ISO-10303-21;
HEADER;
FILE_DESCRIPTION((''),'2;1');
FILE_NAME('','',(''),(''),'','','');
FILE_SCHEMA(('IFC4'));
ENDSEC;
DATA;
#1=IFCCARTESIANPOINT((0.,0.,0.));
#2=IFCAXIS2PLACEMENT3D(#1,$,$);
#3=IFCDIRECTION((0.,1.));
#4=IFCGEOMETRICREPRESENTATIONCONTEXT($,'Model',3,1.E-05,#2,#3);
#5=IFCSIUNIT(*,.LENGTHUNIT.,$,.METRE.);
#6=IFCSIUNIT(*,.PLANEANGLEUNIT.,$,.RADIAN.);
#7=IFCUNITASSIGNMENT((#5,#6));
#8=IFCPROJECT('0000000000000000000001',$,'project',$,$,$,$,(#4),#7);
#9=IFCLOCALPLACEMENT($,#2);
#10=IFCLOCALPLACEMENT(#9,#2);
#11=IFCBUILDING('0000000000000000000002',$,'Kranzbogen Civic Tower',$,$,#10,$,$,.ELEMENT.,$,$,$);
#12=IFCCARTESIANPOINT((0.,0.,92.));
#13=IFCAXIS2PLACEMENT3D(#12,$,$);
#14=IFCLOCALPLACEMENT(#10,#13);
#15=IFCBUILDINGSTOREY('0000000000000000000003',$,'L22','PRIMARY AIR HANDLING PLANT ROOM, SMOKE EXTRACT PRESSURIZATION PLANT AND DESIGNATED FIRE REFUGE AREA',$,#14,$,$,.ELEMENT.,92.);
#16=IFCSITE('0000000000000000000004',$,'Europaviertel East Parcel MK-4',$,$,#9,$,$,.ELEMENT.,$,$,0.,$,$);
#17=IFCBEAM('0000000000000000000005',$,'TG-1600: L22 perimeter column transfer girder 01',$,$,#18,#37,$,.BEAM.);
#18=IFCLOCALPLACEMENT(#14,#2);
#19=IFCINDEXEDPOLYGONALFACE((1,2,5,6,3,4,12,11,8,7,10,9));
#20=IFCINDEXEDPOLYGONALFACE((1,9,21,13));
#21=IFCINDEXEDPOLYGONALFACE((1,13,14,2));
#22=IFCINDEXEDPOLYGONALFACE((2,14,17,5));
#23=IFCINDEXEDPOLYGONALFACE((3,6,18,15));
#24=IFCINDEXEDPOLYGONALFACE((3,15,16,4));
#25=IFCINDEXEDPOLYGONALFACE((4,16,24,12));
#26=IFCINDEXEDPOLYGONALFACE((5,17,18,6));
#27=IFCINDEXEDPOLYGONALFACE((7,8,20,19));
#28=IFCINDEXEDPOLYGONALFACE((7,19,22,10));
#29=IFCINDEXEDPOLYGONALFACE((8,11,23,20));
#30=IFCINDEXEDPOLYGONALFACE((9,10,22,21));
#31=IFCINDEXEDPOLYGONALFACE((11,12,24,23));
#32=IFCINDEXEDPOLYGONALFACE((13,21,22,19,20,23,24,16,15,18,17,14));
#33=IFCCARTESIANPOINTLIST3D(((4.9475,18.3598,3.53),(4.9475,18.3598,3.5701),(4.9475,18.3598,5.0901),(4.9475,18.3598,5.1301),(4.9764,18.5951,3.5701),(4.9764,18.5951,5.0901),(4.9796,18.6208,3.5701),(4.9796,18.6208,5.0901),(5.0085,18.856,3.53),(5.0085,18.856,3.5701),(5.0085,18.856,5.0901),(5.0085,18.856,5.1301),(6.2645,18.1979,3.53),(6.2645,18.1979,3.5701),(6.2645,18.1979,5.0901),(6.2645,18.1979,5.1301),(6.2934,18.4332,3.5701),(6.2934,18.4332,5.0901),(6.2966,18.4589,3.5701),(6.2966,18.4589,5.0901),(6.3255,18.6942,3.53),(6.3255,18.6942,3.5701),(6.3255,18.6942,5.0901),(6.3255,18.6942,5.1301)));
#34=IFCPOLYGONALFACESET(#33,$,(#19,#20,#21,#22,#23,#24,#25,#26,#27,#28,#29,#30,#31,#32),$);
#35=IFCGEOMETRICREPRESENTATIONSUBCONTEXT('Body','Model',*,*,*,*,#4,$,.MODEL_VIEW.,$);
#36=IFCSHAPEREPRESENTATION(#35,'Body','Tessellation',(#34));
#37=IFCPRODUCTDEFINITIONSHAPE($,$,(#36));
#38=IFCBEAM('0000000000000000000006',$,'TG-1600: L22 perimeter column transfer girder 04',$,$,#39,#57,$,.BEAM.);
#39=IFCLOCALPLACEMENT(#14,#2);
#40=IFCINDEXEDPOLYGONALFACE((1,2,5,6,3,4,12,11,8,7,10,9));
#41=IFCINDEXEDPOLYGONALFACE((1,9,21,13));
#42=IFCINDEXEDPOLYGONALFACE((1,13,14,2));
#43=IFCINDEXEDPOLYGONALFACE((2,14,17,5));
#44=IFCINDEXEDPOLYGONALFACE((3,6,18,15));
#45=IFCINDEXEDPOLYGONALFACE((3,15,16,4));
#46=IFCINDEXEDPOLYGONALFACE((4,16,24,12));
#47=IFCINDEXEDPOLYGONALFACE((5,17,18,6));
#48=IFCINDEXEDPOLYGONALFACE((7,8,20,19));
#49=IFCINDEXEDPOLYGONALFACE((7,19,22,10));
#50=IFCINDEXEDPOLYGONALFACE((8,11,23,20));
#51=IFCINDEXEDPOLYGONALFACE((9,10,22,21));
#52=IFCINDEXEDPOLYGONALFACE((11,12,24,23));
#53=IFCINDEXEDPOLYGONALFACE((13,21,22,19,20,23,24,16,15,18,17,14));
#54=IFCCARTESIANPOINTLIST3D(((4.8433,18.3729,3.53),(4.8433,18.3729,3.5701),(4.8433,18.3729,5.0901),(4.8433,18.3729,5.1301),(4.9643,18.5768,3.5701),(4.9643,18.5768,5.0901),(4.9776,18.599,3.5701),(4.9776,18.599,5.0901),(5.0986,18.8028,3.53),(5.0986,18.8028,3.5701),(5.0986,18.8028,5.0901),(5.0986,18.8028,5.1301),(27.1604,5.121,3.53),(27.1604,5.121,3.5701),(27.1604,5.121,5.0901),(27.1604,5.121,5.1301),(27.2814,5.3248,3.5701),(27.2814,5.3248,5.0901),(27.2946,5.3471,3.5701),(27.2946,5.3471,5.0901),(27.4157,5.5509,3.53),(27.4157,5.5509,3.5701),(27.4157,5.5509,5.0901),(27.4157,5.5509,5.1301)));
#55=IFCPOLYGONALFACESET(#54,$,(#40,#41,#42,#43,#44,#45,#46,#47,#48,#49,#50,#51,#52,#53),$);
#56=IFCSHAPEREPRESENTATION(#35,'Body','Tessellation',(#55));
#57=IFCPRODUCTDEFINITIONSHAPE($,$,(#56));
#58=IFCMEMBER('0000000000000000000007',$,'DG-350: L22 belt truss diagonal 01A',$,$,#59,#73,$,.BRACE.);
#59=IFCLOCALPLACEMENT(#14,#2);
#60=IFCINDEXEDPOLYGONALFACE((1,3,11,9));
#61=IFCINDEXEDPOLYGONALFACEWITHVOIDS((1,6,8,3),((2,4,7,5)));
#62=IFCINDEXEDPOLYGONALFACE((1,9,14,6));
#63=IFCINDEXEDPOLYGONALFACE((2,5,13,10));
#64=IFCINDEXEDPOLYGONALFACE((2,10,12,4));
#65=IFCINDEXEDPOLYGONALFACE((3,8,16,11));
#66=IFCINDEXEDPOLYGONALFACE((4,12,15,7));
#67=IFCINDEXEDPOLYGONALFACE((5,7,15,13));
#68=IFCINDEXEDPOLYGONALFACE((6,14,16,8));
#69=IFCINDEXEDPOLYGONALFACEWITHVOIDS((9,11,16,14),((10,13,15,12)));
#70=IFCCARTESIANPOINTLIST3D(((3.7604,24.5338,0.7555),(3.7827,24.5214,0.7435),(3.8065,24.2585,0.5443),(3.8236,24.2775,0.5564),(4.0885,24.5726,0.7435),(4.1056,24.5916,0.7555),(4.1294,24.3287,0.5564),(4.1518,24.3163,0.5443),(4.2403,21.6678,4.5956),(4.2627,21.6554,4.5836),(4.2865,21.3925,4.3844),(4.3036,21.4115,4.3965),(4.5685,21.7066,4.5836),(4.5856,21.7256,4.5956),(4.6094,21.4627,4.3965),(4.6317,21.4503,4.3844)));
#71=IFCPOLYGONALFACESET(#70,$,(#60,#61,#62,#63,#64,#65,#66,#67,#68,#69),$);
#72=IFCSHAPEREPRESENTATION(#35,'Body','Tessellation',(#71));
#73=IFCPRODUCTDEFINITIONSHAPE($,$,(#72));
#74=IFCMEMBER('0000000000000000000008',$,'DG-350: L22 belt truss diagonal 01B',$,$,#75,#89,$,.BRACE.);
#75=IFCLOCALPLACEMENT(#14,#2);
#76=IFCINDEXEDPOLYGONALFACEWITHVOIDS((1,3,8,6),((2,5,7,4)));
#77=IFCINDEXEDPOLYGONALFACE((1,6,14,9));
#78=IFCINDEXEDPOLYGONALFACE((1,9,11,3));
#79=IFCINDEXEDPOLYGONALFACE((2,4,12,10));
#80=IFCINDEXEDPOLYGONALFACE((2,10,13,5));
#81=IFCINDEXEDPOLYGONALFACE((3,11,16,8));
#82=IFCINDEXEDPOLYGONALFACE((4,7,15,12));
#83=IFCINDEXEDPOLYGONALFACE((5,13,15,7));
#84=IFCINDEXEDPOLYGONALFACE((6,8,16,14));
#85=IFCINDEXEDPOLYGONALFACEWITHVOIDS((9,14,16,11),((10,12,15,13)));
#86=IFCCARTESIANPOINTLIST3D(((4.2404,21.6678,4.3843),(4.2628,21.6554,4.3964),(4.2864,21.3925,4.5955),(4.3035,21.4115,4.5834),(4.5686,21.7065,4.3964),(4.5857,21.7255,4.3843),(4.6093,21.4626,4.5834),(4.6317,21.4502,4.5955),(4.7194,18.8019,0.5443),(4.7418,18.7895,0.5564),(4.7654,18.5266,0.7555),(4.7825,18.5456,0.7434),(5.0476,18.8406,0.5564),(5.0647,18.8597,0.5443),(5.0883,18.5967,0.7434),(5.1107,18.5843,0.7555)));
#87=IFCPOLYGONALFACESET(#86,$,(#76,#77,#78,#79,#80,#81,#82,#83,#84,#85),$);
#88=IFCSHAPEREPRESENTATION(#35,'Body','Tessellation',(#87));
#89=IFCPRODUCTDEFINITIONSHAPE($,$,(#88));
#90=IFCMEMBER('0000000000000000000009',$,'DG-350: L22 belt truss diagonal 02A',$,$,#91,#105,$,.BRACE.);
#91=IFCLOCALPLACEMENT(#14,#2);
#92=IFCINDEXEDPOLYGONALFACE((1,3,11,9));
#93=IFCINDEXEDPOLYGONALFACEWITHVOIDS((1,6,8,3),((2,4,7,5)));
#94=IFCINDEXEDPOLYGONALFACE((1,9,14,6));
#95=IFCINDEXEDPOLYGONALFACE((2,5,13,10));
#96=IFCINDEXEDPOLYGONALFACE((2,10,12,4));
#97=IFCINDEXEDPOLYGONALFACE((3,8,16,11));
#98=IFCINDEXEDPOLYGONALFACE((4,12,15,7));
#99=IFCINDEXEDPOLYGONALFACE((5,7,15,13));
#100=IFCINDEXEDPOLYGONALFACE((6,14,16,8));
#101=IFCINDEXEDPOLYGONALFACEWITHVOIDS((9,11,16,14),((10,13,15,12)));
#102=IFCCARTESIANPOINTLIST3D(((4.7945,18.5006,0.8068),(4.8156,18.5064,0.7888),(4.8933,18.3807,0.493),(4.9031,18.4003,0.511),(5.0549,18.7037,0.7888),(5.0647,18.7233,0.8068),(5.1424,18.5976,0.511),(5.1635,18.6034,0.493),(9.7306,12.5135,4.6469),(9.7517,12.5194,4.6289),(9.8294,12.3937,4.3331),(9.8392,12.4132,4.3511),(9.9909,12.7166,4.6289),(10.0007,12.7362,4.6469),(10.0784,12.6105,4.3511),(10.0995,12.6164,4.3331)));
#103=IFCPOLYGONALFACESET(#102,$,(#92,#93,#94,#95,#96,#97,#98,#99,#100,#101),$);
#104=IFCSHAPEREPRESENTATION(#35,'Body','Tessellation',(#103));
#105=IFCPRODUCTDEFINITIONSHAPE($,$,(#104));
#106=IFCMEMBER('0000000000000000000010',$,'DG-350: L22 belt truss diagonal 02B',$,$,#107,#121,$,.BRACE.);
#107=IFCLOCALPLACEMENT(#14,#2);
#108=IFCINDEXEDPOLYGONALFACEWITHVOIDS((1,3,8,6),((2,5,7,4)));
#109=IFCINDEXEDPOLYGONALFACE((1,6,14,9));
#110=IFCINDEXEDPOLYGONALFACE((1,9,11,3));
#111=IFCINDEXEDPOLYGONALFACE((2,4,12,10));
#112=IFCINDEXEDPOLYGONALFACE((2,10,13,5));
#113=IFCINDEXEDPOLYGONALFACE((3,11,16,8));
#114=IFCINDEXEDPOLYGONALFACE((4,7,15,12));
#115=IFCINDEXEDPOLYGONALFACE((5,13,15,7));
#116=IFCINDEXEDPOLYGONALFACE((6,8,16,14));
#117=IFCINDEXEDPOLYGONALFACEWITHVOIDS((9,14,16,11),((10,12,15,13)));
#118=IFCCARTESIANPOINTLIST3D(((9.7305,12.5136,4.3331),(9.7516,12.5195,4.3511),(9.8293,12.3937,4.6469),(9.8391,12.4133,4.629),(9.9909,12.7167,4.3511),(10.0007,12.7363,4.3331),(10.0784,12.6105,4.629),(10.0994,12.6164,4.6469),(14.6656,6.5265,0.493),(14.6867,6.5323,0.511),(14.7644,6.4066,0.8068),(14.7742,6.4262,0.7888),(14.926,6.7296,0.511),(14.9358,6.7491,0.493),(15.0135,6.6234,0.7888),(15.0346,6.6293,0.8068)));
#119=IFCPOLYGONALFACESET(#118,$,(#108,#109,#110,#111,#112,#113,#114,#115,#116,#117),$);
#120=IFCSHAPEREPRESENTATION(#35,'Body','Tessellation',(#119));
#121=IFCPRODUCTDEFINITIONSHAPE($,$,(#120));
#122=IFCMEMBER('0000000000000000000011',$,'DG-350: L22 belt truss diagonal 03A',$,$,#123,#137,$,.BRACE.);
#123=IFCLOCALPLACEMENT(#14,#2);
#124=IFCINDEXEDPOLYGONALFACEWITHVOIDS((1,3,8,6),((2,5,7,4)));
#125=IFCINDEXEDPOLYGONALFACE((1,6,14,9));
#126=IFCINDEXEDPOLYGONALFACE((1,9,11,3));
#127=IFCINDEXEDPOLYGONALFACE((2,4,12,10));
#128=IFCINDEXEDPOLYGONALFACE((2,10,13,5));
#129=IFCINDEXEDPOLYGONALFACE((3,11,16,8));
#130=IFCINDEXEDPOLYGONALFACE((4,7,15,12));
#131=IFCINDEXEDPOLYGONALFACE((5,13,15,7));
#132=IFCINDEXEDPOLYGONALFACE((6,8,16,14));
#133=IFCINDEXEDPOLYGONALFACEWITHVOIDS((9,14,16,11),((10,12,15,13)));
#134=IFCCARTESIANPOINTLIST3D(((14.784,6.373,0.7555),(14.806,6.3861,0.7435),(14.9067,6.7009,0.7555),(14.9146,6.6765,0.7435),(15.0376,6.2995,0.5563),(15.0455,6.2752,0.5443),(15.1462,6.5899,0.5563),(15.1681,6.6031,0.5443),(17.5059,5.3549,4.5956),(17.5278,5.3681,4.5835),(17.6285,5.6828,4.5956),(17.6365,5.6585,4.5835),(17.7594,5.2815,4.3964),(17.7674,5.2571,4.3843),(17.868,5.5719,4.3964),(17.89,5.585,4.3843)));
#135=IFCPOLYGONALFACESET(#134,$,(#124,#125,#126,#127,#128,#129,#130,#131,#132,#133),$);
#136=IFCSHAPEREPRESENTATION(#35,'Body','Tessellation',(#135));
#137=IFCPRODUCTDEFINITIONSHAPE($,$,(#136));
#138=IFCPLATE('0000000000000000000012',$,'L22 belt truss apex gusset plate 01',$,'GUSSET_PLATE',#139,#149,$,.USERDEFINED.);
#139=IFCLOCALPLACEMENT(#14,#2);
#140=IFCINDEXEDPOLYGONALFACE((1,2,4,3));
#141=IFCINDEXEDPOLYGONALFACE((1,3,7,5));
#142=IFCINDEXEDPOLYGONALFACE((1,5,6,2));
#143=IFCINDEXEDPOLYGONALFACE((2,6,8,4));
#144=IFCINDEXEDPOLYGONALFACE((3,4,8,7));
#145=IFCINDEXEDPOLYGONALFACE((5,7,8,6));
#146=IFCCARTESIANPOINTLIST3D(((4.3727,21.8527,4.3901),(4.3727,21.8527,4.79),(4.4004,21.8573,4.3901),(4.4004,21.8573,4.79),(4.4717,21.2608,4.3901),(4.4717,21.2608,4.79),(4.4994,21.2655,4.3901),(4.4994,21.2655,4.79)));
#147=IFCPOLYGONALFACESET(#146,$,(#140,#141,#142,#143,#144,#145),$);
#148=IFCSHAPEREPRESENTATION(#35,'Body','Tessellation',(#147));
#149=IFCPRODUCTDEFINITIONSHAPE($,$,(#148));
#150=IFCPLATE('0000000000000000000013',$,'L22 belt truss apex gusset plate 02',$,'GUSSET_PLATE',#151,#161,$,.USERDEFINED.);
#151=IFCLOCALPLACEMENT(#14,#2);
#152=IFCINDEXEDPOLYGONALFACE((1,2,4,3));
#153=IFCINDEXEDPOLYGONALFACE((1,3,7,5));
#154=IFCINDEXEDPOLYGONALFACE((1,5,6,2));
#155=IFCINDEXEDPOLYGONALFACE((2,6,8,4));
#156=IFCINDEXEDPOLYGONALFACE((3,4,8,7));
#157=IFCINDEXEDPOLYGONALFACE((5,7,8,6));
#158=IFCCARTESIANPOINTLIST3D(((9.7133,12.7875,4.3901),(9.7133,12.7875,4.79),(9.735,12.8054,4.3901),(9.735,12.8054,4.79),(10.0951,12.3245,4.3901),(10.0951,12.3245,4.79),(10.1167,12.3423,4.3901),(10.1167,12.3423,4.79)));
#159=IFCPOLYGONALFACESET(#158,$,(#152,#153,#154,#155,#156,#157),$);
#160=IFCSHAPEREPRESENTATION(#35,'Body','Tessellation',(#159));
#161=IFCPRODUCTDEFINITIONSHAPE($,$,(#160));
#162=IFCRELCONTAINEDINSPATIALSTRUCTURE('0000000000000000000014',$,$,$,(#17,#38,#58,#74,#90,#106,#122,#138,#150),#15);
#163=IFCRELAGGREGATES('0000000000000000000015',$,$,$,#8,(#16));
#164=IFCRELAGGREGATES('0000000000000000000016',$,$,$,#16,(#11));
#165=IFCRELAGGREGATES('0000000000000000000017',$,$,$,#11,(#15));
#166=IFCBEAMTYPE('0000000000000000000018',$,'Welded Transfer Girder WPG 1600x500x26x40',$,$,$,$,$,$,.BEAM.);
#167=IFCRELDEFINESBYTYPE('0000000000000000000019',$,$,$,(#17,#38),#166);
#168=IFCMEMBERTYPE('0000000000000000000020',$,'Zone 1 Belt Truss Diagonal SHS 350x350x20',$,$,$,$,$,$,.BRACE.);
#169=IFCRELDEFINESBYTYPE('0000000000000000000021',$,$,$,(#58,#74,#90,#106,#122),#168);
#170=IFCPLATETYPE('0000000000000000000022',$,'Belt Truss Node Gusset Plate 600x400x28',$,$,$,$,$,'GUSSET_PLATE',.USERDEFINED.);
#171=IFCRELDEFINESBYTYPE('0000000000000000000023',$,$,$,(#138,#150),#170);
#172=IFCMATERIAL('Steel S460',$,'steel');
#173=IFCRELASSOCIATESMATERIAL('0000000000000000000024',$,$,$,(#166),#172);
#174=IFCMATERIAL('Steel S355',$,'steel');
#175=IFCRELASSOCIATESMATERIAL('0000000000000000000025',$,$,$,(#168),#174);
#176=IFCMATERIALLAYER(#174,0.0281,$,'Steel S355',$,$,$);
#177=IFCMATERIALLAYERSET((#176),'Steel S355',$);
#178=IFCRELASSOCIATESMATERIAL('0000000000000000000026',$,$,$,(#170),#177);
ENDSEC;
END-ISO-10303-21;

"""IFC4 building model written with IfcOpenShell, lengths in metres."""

from ifc_helpers import new_model, si_unit, direction, frame, origin, origin_2d, place, context, subcontext, project, spatial, rectangle, hollow_rectangle, i_section, extrude, material, layer, layer_set, material_profile, profile_set, type_object, element, save


model = new_model("IFC4")

# Units and contexts
model_context = context("Model", 3, precision=1e-05, world=origin(), true_north=direction((0.0, 1.0)))
body_context = subcontext(model_context, "Body", "Model", "MODEL_VIEW")
ifc_project = project(units=[si_unit("LENGTHUNIT", "METRE"), si_unit("PLANEANGLEUNIT", "RADIAN")], contexts=[model_context])

# Site, building, storey
site_placement = place(None, origin())
site = spatial("IfcSite", under=ifc_project, at=site_placement, Name="Europaviertel East Parcel MK-4", CompositionType="ELEMENT", RefElevation=0.0)
building_placement = place(site_placement, origin())
building = spatial("IfcBuilding", under=site, at=building_placement, Name="Kranzbogen Civic Tower", CompositionType="ELEMENT")
storey_placement = place(building_placement, frame((0.0, 0.0, 92.0)))
storey = spatial("IfcBuildingStorey", under=building, at=storey_placement, Name="L22", Description="PRIMARY AIR HANDLING PLANT ROOM, SMOKE EXTRACT PRESSURIZATION PLANT AND DESIGNATED FIRE REFUGE AREA", CompositionType="ELEMENT", Elevation=92.0)

# Shared definitions
ifc_material_1 = material(Name="Steel S355", Category="steel")

# Shared definitions
ifc_material_2 = material(Name="Steel S460", Category="steel")

# Beams
ifc_material_profile_1 = material_profile(ifc_material_2, i_section(OverallWidth=0.5, OverallDepth=1.6001, WebThickness=0.0259, FlangeThickness=0.04, at=origin_2d()), Name="WPG 1600x500x26x40")
ifc_profile_set_1 = profile_set([ifc_material_profile_1], Name="Steel S460")
beam_type = type_object("IfcBeamType", Name="Welded Transfer Girder WPG 1600x500x26x40", PredefinedType="BEAM", material=ifc_profile_set_1)
beam_1_placement = place(storey_placement, frame((4.978, 18.6079, 4.3301), z_axis=(0.992531, -0.121996, 0.0), x_axis=(0.121996, 0.992531, 0.0)))
element("IfcBeam", 1, at=beam_1_placement, inside=storey, type_object=beam_type, Name="TG-1600: L22 perimeter column transfer girder 01", PredefinedType="BEAM", context=body_context, shape_type="SweptSolid", body=[
    extrude(i_section(OverallWidth=0.5, OverallDepth=1.6001, WebThickness=0.0259, FlangeThickness=0.04, at=origin_2d()), origin(), (0.0, 0.0, 1.0), 1.3269),
])
beam_2_placement = place(storey_placement, frame((4.9709, 18.5879, 4.3301), z_axis=(0.859835, -0.510572, 0.0), x_axis=(0.510572, 0.859835, 0.0)))
element("IfcBeam", 2, at=beam_2_placement, inside=storey, type_object=beam_type, Name="TG-1600: L22 perimeter column transfer girder 04", PredefinedType="BEAM", context=body_context, shape_type="SweptSolid", body=[
    extrude(i_section(OverallWidth=0.5, OverallDepth=1.6001, WebThickness=0.0259, FlangeThickness=0.04, at=origin_2d()), origin(), (0.0, 0.0, 1.0), 25.9551),
])

# Members
ifc_material_profile_2 = material_profile(ifc_material_1, hollow_rectangle(XDim=0.3501, YDim=0.3501, WallThickness=0.02, at=origin_2d()), Name="SHS 350x350x20")
ifc_profile_set_2 = profile_set([ifc_material_profile_2], Name="Steel S355")
member_type_1 = type_object("IfcMemberType", Name="Zone 1 Belt Truss Diagonal SHS 350x350x20", PredefinedType="BRACE", material=ifc_profile_set_2)
member_1_placement = place(storey_placement, frame((3.9561, 24.425, 0.6499), z_axis=(0.099671, -0.595137, 0.797419), x_axis=(0.986264, 0.165176, 0.0)))
element("IfcMember", 3, at=member_1_placement, inside=storey, type_object=member_type_1, Name="DG-350: L22 belt truss diagonal 01A", PredefinedType="BRACE", context=body_context, shape_type="SweptSolid", body=[
    extrude(hollow_rectangle(XDim=0.3501, YDim=0.3501, WallThickness=0.02, at=origin_2d()), origin(), (0.0, 0.0, 1.0), 4.8157),
])
member_2_placement = place(storey_placement, frame((4.915, 18.6931, 0.6499), z_axis=(-0.09947, 0.595149, 0.797436), x_axis=(-0.986319, -0.164849, 0.0)))
element("IfcMember", 4, at=member_2_placement, inside=storey, type_object=member_type_1, Name="DG-350: L22 belt truss diagonal 01B", PredefinedType="BRACE", context=body_context, shape_type="SweptSolid", body=[
    extrude(hollow_rectangle(XDim=0.3501, YDim=0.3501, WallThickness=0.02, at=origin_2d()), origin(), (0.0, 0.0, 1.0), 4.8154),
])
member_3_placement = place(storey_placement, frame((4.979, 18.552, 0.6499), z_axis=(0.570133, -0.691531, 0.443546), x_axis=(0.771581, 0.636131, 0.0)))
element("IfcMember", 5, at=member_3_placement, inside=storey, type_object=member_type_1, Name="DG-350: L22 belt truss diagonal 02A", PredefinedType="BRACE", context=body_context, shape_type="SweptSolid", body=[
    extrude(hollow_rectangle(XDim=0.3501, YDim=0.3501, WallThickness=0.02, at=origin_2d()), origin(), (0.0, 0.0, 1.0), 8.6577),
])
member_4_placement = place(storey_placement, frame((14.8501, 6.5779, 0.6499), z_axis=(-0.570057, 0.691575, 0.443575), x_axis=(-0.771643, -0.636056, 0.0)))
element("IfcMember", 6, at=member_4_placement, inside=storey, type_object=member_type_1, Name="DG-350: L22 belt truss diagonal 02B", PredefinedType="BRACE", context=body_context, shape_type="SweptSolid", body=[
    extrude(hollow_rectangle(XDim=0.3501, YDim=0.3501, WallThickness=0.02, at=origin_2d()), origin(), (0.0, 0.0, 1.0), 8.6572),
])
member_5_placement = place(storey_placement, frame((14.9761, 6.488, 0.6499), z_axis=(0.565211, -0.211403, 0.797399), x_axis=(0.350322, 0.936629, 0.0)))
element("IfcMember", 7, at=member_5_placement, inside=storey, type_object=member_type_1, Name="DG-350: L22 belt truss diagonal 03A", PredefinedType="BRACE", context=body_context, shape_type="SweptSolid", body=[
    extrude(hollow_rectangle(XDim=0.3501, YDim=0.3501, WallThickness=0.02, at=origin_2d()), origin(), (0.0, 0.0, 1.0), 4.8157),
])

# Plates
ifc_layer_1 = layer(ifc_material_1, 0.0281, Name="Steel S355")
ifc_layer_set_1 = layer_set([ifc_layer_1], Name="Steel S355")
plate_type_1 = type_object("IfcPlateType", Name="Belt Truss Node Gusset Plate 600x400x28", ElementType="GUSSET_PLATE", PredefinedType="USERDEFINED", material=ifc_layer_set_1)
for number, where, z_axis, x_axis, name in (
    (8, (4.436, 21.5591, 4.3901), (0.0, 0.0, 1.0), (0.164944, -0.986303, 0.0), "L22 belt truss apex gusset plate 01"),
    (9, (9.915, 12.5649, 4.3901), (0.0, 0.0, 1.0), (0.636092, -0.771613, 0.0), "L22 belt truss apex gusset plate 02"),
):
    element("IfcPlate", number, at=place(storey_placement, frame(where, z_axis=z_axis, x_axis=x_axis)), inside=storey, type_object=plate_type_1, Name=name, ObjectType="GUSSET_PLATE", PredefinedType="USERDEFINED", context=body_context, shape_type="SweptSolid", body=[
        extrude(rectangle(XDim=0.6001, YDim=0.0281, at=origin_2d()), origin(), (0.0, 0.0, 1.0), 0.3999),
    ])

save(model, "model.ifc")
